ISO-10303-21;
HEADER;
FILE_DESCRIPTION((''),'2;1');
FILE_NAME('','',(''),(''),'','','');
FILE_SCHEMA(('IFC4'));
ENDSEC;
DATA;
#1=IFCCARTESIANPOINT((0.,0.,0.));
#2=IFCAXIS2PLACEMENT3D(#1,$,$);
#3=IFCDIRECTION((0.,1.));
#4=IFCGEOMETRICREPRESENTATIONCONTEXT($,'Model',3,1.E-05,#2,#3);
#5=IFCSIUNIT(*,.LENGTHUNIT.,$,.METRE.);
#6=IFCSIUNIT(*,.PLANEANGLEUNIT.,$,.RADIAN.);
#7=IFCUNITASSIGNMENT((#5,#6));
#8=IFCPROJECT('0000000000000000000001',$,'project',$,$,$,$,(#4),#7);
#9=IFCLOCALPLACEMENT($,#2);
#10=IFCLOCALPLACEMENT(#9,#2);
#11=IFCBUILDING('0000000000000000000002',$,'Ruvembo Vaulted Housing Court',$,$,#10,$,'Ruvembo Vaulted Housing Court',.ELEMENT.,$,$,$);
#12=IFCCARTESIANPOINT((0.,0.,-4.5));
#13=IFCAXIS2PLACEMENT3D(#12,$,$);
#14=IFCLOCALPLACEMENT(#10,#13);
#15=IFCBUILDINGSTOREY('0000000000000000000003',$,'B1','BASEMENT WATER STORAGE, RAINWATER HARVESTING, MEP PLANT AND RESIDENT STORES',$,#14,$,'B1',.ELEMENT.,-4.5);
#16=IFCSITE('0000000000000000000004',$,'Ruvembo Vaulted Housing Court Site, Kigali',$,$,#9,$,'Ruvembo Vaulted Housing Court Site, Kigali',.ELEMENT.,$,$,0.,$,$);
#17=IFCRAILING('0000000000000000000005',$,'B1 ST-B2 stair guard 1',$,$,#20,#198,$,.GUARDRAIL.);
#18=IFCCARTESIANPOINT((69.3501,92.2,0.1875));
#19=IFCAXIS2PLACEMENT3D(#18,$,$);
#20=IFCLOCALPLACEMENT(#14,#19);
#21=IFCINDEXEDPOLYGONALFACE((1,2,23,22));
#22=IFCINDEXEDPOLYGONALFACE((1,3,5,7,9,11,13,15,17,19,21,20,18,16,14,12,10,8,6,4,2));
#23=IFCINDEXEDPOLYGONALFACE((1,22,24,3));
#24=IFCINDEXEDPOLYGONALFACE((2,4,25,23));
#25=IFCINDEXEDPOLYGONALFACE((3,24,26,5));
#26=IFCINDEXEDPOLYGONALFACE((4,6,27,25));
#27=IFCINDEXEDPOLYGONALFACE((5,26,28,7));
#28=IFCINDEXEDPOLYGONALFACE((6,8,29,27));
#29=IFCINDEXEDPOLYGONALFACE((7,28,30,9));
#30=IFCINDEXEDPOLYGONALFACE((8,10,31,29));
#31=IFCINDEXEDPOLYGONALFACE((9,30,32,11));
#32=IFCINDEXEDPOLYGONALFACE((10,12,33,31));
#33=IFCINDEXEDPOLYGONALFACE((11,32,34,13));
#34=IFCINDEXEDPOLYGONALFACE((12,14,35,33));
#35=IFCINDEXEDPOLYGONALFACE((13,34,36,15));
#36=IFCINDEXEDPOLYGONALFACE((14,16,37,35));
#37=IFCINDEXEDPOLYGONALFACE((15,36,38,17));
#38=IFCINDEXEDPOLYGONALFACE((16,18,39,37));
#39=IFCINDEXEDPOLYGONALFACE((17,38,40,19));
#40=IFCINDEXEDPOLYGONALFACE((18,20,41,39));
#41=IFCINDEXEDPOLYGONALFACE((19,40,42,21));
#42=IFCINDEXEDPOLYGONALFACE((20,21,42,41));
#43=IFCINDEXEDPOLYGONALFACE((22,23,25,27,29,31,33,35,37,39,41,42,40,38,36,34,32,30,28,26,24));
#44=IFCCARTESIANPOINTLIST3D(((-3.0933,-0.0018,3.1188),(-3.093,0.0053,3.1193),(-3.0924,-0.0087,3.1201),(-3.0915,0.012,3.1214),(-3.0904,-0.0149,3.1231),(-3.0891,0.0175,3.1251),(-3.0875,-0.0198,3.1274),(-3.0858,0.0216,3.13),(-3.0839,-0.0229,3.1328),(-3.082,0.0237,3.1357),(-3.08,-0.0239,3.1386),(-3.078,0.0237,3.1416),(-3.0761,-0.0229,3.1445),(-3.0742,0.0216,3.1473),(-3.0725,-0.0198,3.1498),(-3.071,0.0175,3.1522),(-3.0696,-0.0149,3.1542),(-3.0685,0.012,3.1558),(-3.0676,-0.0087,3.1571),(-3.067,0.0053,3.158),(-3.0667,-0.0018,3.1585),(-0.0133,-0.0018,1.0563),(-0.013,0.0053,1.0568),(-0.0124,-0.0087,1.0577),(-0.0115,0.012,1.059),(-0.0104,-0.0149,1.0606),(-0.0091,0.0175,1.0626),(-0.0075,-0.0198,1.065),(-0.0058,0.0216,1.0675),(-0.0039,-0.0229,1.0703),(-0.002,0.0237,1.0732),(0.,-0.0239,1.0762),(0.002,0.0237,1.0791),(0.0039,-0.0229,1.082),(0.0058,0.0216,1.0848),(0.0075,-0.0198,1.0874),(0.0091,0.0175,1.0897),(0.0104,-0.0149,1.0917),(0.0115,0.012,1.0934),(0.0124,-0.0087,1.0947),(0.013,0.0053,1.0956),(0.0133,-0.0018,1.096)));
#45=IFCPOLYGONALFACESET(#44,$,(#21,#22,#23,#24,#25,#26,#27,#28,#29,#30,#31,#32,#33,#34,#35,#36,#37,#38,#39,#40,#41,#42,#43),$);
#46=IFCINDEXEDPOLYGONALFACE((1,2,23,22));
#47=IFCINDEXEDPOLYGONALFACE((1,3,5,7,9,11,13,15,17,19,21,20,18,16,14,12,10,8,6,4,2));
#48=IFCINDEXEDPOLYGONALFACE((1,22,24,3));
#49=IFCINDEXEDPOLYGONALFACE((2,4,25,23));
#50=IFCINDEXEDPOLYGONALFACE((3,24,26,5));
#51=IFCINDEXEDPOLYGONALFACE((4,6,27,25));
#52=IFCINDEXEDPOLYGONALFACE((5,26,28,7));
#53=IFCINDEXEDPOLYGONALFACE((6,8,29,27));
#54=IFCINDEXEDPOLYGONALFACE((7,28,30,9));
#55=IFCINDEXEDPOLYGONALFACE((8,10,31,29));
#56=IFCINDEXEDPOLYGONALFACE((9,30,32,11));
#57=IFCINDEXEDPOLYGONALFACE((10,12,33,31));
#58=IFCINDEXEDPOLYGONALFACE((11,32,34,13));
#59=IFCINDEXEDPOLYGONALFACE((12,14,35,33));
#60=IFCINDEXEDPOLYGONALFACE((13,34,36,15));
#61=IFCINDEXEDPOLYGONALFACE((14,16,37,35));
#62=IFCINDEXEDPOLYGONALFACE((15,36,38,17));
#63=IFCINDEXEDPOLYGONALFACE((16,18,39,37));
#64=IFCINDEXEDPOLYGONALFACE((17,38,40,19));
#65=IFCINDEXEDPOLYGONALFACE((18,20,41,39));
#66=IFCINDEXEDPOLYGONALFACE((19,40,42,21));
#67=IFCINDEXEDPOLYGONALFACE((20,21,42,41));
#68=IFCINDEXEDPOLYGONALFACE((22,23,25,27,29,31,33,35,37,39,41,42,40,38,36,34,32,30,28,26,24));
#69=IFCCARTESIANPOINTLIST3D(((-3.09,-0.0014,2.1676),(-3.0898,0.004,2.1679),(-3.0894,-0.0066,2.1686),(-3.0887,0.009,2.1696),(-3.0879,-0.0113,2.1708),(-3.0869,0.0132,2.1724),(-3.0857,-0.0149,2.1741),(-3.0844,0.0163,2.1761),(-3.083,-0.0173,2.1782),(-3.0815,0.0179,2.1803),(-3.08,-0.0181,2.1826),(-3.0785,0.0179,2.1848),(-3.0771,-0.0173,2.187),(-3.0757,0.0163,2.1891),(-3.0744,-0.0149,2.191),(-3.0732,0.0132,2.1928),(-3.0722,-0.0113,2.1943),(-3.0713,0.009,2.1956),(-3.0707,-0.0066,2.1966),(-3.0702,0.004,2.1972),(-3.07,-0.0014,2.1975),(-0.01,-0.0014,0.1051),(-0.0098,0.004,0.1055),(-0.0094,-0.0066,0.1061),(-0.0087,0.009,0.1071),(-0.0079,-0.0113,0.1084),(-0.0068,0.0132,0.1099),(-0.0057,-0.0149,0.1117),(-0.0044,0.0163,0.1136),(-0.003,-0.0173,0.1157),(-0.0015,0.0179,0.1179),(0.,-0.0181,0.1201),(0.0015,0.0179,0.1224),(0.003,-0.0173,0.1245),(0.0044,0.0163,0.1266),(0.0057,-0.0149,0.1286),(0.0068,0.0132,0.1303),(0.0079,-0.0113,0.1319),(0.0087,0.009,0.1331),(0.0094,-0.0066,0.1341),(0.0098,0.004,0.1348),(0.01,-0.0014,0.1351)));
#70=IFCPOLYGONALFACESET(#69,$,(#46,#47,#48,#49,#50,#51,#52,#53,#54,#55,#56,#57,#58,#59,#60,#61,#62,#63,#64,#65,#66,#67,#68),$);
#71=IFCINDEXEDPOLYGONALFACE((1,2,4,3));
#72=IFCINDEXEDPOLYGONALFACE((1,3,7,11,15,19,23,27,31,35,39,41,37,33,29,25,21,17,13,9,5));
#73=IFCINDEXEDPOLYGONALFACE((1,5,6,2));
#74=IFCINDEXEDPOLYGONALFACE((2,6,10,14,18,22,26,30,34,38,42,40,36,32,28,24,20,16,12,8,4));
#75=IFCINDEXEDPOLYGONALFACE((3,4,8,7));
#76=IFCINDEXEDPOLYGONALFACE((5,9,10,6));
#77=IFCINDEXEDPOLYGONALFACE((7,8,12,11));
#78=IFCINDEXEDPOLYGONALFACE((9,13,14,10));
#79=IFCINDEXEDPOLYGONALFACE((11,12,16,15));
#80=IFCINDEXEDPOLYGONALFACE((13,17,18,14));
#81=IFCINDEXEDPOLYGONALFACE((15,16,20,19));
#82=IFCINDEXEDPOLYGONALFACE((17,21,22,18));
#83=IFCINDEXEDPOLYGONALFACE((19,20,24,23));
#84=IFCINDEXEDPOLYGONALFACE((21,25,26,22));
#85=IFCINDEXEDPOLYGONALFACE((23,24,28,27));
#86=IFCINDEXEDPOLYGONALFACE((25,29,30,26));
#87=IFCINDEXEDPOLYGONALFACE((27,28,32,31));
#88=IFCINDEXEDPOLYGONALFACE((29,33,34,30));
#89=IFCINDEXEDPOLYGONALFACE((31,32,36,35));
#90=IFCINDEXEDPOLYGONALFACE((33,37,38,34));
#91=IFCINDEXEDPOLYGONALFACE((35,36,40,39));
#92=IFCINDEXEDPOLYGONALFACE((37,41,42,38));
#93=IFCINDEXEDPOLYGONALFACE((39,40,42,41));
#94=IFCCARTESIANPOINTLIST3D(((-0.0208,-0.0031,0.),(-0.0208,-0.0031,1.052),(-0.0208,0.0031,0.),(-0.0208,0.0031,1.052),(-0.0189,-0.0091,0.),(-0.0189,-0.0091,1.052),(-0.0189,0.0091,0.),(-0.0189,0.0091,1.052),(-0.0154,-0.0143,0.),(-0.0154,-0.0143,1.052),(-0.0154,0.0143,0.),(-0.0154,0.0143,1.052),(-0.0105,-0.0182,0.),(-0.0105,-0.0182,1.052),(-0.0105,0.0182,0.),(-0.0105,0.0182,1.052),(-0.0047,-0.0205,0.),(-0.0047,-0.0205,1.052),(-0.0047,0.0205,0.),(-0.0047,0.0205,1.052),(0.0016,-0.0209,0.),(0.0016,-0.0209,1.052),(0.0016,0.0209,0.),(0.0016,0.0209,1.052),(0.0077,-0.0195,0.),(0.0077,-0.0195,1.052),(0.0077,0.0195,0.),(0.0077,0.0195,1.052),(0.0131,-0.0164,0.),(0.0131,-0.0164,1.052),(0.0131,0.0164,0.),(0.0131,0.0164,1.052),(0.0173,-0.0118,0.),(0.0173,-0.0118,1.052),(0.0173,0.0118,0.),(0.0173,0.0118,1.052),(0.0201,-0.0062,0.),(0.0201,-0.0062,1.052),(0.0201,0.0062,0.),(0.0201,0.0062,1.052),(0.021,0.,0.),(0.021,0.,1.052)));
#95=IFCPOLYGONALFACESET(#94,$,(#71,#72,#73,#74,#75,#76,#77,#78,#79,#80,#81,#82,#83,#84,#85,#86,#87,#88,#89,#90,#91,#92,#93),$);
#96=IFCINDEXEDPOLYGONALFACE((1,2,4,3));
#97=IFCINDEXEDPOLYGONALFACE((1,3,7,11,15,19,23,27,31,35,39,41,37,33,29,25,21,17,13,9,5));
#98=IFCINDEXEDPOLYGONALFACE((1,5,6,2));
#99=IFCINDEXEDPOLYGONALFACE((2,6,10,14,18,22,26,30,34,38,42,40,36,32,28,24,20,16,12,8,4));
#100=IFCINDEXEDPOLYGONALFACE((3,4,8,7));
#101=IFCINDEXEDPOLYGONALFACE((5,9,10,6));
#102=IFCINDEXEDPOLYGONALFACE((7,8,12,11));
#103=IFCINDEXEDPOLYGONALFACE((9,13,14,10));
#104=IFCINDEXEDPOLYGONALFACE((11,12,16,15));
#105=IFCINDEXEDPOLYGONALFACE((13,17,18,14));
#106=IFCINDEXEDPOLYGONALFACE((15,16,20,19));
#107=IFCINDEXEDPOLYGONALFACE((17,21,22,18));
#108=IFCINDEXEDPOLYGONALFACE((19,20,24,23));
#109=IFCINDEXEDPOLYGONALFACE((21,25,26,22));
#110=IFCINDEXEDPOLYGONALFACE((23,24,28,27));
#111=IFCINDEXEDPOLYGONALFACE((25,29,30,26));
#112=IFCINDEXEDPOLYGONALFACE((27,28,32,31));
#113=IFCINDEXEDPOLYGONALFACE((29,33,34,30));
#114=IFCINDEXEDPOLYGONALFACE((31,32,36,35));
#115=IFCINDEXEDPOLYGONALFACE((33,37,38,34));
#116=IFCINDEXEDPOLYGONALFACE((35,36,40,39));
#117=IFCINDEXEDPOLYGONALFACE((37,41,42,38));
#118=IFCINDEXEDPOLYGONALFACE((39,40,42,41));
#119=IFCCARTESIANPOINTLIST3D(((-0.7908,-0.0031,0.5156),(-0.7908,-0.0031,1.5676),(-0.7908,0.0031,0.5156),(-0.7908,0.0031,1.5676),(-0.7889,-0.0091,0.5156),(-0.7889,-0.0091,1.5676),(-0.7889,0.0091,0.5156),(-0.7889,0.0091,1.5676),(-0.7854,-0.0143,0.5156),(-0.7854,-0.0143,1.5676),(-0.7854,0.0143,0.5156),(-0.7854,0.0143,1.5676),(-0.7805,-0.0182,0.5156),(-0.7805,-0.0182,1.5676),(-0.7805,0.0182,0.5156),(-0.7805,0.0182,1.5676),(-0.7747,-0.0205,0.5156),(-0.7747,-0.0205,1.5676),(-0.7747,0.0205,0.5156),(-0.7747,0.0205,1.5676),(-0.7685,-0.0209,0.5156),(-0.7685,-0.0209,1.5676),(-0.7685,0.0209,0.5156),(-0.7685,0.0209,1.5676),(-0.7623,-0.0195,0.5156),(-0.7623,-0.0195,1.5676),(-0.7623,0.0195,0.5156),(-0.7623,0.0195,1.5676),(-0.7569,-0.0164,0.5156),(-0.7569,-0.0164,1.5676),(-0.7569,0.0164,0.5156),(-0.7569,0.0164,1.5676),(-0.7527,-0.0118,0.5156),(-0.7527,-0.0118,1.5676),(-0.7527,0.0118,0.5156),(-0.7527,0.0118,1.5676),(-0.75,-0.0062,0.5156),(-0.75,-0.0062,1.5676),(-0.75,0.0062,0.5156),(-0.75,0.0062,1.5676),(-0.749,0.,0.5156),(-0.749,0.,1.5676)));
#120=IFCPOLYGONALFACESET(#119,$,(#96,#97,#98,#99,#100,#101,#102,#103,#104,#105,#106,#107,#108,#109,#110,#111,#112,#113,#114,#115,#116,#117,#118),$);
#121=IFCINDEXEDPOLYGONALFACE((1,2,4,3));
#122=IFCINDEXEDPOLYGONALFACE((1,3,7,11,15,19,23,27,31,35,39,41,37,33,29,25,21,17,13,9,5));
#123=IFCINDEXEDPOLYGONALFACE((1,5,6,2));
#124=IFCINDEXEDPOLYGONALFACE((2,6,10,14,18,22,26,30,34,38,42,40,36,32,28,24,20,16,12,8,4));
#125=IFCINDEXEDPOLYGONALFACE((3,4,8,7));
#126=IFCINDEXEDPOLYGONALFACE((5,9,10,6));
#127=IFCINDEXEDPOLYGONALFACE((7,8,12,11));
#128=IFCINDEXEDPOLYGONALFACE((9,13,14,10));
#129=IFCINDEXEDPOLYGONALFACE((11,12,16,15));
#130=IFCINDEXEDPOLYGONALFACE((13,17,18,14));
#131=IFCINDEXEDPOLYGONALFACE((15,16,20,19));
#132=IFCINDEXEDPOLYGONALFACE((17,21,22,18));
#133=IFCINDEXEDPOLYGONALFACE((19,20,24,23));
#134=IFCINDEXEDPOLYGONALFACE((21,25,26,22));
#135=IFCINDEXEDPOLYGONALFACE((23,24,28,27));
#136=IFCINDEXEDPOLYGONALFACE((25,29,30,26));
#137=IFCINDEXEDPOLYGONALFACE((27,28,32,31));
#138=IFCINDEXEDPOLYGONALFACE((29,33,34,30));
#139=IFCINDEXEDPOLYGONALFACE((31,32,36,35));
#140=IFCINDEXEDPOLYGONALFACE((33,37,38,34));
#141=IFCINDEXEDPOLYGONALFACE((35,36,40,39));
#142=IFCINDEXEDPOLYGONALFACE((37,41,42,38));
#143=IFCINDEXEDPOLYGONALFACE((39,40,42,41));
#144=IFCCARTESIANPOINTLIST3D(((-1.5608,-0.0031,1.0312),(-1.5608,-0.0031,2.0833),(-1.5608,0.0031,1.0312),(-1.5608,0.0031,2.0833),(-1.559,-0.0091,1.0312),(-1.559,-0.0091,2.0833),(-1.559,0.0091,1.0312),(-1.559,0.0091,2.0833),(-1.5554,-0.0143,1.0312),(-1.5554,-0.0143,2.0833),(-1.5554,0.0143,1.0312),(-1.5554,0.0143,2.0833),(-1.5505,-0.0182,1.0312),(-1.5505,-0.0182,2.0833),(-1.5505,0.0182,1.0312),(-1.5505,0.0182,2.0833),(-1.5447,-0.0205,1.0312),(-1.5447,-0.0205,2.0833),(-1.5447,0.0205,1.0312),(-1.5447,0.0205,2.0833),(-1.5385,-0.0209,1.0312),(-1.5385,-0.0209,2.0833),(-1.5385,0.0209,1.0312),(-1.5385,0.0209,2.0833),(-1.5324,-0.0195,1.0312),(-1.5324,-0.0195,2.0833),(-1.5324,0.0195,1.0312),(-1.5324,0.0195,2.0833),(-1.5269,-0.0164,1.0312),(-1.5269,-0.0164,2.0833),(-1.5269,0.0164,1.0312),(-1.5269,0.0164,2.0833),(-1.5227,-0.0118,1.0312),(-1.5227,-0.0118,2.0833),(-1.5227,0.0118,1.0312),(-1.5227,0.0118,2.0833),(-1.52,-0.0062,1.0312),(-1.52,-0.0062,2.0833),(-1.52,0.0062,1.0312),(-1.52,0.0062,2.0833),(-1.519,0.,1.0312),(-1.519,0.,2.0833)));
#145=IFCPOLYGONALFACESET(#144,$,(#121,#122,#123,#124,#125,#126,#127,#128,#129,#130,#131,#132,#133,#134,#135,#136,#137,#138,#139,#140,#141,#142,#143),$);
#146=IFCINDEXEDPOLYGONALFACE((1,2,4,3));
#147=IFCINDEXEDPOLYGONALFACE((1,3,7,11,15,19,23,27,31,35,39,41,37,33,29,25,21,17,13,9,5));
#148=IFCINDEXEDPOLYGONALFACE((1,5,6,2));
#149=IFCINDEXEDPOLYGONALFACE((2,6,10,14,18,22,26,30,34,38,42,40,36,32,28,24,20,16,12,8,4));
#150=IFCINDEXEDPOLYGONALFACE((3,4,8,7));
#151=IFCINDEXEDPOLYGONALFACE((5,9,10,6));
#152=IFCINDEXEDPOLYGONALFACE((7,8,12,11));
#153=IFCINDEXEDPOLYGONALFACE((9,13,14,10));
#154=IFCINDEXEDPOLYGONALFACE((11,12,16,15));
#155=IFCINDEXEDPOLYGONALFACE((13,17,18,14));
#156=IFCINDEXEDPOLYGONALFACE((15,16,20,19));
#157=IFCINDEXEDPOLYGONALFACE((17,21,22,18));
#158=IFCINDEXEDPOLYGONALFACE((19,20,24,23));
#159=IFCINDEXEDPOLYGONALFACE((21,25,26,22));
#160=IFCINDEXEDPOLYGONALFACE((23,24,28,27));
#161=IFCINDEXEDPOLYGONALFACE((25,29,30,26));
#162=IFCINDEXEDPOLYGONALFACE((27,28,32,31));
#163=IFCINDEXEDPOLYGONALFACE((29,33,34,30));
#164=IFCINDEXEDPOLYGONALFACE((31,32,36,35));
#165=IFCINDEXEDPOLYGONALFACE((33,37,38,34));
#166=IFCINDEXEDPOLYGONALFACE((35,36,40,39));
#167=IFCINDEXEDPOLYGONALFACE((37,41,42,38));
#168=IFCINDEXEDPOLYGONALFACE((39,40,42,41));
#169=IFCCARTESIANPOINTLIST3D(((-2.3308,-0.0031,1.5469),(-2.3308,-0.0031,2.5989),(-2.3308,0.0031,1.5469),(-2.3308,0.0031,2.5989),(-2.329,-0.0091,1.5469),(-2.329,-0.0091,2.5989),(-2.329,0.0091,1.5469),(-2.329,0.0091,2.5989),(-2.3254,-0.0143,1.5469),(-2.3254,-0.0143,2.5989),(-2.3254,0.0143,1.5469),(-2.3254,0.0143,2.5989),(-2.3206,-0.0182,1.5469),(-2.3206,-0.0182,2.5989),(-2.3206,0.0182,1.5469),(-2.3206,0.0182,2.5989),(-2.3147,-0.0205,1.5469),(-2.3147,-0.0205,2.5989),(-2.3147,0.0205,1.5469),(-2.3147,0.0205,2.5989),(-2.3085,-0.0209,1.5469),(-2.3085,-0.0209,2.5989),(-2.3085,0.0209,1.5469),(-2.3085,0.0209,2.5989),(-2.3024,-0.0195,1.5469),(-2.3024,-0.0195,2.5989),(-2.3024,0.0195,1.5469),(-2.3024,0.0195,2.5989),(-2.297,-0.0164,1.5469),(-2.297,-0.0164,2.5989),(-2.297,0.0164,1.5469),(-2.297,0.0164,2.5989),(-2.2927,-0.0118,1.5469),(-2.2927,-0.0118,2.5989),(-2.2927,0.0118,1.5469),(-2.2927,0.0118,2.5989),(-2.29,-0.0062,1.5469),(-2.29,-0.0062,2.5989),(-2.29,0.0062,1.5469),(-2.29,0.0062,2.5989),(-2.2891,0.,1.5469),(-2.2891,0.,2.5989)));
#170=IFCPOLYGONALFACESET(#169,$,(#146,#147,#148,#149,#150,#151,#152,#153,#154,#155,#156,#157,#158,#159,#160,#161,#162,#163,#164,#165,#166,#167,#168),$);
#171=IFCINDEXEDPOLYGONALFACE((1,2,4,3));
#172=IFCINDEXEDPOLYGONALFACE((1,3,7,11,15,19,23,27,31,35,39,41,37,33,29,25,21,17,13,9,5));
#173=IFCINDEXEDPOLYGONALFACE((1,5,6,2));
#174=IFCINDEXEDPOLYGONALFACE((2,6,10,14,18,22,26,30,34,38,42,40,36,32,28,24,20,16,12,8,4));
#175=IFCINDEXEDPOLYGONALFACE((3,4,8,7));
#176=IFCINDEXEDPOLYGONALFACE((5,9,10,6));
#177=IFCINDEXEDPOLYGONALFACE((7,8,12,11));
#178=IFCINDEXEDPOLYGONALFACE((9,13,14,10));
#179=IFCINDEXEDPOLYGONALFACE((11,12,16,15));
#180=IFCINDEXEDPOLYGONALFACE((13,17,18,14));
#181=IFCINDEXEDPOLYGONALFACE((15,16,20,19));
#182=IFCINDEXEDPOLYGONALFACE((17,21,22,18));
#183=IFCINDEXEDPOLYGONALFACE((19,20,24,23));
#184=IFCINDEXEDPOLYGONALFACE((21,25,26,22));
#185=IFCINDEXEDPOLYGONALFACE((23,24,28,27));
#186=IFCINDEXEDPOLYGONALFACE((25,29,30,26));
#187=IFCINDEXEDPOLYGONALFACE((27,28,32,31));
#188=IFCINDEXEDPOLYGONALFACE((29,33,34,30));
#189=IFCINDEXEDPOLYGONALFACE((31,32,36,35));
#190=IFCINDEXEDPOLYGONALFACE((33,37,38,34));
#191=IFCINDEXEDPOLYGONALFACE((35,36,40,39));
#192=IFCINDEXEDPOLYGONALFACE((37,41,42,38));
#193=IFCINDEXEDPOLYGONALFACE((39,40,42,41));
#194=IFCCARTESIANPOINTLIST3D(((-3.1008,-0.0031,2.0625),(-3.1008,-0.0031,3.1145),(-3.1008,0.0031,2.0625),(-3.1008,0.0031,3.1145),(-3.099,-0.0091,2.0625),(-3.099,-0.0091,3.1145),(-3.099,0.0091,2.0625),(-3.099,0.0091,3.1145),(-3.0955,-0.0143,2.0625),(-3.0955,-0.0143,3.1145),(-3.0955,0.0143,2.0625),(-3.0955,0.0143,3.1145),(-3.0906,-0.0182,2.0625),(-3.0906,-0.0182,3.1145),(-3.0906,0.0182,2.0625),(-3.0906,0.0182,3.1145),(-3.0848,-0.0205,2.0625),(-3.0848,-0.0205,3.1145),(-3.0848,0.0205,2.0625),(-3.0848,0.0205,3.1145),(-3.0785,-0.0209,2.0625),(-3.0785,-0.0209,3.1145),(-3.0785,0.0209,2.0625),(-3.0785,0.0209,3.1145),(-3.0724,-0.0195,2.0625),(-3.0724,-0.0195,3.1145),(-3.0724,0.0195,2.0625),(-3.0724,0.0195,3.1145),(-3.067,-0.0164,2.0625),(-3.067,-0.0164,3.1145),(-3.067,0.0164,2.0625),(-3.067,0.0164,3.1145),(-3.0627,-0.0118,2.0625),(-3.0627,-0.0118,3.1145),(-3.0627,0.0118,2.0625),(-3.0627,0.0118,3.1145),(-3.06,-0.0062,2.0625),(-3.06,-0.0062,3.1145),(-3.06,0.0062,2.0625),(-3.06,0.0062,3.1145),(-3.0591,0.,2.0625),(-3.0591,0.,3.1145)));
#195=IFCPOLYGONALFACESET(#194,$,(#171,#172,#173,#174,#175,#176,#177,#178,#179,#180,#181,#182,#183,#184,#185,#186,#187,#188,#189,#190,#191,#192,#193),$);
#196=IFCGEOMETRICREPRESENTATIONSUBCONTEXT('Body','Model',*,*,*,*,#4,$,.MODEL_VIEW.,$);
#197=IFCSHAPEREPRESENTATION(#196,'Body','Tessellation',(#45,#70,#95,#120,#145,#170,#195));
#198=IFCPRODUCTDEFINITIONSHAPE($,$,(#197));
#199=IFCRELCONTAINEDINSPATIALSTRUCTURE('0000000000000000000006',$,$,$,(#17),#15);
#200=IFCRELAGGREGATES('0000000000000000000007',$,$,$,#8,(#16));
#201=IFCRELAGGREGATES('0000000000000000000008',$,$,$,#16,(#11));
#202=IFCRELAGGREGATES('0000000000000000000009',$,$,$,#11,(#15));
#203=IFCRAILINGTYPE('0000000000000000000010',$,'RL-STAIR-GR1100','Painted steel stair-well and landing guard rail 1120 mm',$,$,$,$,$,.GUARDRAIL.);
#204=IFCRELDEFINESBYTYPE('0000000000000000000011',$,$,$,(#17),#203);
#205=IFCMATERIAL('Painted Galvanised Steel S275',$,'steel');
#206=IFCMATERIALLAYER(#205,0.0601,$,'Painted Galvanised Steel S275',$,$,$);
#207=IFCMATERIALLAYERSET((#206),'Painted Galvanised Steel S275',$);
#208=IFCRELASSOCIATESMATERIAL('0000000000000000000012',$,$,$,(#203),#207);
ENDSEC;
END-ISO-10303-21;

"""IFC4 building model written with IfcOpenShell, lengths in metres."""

from ifc_helpers import new_model, si_unit, direction, frame, origin, origin_2d, place, context, subcontext, project, spatial, circle, extrude, material, layer, layer_set, type_object, element, save


model = new_model("IFC4")

# Units and contexts
model_context = context("Model", 3, precision=1e-05, world=origin(), true_north=direction((0.0, 1.0)))
body_context = subcontext(model_context, "Body", "Model", "MODEL_VIEW")
ifc_project = project(units=[si_unit("LENGTHUNIT", "METRE"), si_unit("PLANEANGLEUNIT", "RADIAN")], contexts=[model_context])

# Site, building, storey
site_placement = place(None, origin())
site = spatial("IfcSite", under=ifc_project, at=site_placement, Name="Ruvembo Vaulted Housing Court Site, Kigali", LongName="Ruvembo Vaulted Housing Court Site, Kigali", CompositionType="ELEMENT", RefElevation=0.0)
building_placement = place(site_placement, origin())
building = spatial("IfcBuilding", under=site, at=building_placement, Name="Ruvembo Vaulted Housing Court", LongName="Ruvembo Vaulted Housing Court", CompositionType="ELEMENT")
storey_placement = place(building_placement, frame((0.0, 0.0, -4.5)))
storey = spatial("IfcBuildingStorey", under=building, at=storey_placement, Name="B1", Description="BASEMENT WATER STORAGE, RAINWATER HARVESTING, MEP PLANT AND RESIDENT STORES", LongName="B1", CompositionType="ELEMENT", Elevation=-4.5)

# Railing
ifc_material_1 = material(Name="Painted Galvanised Steel S275", Category="steel")
ifc_layer_1 = layer(ifc_material_1, 0.0601, Name="Painted Galvanised Steel S275")
ifc_layer_set_1 = layer_set([ifc_layer_1], Name="Painted Galvanised Steel S275")
railing_type_1 = type_object("IfcRailingType", Name="RL-STAIR-GR1100", Description="Painted steel stair-well and landing guard rail 1120 mm", PredefinedType="GUARDRAIL", material=ifc_layer_set_1)
railing_1_placement = place(storey_placement, frame((69.3501, 92.2, 0.1875)))
element("IfcRailing", 1, at=railing_1_placement, inside=storey, type_object=railing_type_1, Name="B1 ST-B2 stair guard 1", PredefinedType="GUARDRAIL", context=body_context, shape_type="SweptSolid", body=[
    extrude(circle(Radius=0.0239, at=origin_2d()), frame((0.0, 0.0, 1.0762), z_axis=(-0.830914, 0.0, 0.556401), x_axis=(0.0, -1.0, 0.0)), (0.0, 0.0, 1.0), 3.7068),
    extrude(circle(Radius=0.0181, at=origin_2d()), frame((0.0, 0.0, 0.1201), z_axis=(-0.830914, 0.0, 0.556401), x_axis=(0.0, -1.0, 0.0)), (0.0, 0.0, 1.0), 3.7068),
    extrude(circle(Radius=0.021, at=origin_2d()), origin(), (0.0, 0.0, 1.0), 1.052),
    extrude(circle(Radius=0.021, at=origin_2d()), frame((-0.77, 0.0, 0.5156)), (0.0, 0.0, 1.0), 1.052),
    extrude(circle(Radius=0.021, at=origin_2d()), frame((-1.54, 0.0, 1.0312)), (0.0, 0.0, 1.0), 1.052),
    extrude(circle(Radius=0.021, at=origin_2d()), frame((-2.3101, 0.0, 1.5469)), (0.0, 0.0, 1.0), 1.052),
    extrude(circle(Radius=0.021, at=origin_2d()), frame((-3.0801, 0.0, 2.0625)), (0.0, 0.0, 1.0), 1.052),
])

save(model, "model.ifc")
